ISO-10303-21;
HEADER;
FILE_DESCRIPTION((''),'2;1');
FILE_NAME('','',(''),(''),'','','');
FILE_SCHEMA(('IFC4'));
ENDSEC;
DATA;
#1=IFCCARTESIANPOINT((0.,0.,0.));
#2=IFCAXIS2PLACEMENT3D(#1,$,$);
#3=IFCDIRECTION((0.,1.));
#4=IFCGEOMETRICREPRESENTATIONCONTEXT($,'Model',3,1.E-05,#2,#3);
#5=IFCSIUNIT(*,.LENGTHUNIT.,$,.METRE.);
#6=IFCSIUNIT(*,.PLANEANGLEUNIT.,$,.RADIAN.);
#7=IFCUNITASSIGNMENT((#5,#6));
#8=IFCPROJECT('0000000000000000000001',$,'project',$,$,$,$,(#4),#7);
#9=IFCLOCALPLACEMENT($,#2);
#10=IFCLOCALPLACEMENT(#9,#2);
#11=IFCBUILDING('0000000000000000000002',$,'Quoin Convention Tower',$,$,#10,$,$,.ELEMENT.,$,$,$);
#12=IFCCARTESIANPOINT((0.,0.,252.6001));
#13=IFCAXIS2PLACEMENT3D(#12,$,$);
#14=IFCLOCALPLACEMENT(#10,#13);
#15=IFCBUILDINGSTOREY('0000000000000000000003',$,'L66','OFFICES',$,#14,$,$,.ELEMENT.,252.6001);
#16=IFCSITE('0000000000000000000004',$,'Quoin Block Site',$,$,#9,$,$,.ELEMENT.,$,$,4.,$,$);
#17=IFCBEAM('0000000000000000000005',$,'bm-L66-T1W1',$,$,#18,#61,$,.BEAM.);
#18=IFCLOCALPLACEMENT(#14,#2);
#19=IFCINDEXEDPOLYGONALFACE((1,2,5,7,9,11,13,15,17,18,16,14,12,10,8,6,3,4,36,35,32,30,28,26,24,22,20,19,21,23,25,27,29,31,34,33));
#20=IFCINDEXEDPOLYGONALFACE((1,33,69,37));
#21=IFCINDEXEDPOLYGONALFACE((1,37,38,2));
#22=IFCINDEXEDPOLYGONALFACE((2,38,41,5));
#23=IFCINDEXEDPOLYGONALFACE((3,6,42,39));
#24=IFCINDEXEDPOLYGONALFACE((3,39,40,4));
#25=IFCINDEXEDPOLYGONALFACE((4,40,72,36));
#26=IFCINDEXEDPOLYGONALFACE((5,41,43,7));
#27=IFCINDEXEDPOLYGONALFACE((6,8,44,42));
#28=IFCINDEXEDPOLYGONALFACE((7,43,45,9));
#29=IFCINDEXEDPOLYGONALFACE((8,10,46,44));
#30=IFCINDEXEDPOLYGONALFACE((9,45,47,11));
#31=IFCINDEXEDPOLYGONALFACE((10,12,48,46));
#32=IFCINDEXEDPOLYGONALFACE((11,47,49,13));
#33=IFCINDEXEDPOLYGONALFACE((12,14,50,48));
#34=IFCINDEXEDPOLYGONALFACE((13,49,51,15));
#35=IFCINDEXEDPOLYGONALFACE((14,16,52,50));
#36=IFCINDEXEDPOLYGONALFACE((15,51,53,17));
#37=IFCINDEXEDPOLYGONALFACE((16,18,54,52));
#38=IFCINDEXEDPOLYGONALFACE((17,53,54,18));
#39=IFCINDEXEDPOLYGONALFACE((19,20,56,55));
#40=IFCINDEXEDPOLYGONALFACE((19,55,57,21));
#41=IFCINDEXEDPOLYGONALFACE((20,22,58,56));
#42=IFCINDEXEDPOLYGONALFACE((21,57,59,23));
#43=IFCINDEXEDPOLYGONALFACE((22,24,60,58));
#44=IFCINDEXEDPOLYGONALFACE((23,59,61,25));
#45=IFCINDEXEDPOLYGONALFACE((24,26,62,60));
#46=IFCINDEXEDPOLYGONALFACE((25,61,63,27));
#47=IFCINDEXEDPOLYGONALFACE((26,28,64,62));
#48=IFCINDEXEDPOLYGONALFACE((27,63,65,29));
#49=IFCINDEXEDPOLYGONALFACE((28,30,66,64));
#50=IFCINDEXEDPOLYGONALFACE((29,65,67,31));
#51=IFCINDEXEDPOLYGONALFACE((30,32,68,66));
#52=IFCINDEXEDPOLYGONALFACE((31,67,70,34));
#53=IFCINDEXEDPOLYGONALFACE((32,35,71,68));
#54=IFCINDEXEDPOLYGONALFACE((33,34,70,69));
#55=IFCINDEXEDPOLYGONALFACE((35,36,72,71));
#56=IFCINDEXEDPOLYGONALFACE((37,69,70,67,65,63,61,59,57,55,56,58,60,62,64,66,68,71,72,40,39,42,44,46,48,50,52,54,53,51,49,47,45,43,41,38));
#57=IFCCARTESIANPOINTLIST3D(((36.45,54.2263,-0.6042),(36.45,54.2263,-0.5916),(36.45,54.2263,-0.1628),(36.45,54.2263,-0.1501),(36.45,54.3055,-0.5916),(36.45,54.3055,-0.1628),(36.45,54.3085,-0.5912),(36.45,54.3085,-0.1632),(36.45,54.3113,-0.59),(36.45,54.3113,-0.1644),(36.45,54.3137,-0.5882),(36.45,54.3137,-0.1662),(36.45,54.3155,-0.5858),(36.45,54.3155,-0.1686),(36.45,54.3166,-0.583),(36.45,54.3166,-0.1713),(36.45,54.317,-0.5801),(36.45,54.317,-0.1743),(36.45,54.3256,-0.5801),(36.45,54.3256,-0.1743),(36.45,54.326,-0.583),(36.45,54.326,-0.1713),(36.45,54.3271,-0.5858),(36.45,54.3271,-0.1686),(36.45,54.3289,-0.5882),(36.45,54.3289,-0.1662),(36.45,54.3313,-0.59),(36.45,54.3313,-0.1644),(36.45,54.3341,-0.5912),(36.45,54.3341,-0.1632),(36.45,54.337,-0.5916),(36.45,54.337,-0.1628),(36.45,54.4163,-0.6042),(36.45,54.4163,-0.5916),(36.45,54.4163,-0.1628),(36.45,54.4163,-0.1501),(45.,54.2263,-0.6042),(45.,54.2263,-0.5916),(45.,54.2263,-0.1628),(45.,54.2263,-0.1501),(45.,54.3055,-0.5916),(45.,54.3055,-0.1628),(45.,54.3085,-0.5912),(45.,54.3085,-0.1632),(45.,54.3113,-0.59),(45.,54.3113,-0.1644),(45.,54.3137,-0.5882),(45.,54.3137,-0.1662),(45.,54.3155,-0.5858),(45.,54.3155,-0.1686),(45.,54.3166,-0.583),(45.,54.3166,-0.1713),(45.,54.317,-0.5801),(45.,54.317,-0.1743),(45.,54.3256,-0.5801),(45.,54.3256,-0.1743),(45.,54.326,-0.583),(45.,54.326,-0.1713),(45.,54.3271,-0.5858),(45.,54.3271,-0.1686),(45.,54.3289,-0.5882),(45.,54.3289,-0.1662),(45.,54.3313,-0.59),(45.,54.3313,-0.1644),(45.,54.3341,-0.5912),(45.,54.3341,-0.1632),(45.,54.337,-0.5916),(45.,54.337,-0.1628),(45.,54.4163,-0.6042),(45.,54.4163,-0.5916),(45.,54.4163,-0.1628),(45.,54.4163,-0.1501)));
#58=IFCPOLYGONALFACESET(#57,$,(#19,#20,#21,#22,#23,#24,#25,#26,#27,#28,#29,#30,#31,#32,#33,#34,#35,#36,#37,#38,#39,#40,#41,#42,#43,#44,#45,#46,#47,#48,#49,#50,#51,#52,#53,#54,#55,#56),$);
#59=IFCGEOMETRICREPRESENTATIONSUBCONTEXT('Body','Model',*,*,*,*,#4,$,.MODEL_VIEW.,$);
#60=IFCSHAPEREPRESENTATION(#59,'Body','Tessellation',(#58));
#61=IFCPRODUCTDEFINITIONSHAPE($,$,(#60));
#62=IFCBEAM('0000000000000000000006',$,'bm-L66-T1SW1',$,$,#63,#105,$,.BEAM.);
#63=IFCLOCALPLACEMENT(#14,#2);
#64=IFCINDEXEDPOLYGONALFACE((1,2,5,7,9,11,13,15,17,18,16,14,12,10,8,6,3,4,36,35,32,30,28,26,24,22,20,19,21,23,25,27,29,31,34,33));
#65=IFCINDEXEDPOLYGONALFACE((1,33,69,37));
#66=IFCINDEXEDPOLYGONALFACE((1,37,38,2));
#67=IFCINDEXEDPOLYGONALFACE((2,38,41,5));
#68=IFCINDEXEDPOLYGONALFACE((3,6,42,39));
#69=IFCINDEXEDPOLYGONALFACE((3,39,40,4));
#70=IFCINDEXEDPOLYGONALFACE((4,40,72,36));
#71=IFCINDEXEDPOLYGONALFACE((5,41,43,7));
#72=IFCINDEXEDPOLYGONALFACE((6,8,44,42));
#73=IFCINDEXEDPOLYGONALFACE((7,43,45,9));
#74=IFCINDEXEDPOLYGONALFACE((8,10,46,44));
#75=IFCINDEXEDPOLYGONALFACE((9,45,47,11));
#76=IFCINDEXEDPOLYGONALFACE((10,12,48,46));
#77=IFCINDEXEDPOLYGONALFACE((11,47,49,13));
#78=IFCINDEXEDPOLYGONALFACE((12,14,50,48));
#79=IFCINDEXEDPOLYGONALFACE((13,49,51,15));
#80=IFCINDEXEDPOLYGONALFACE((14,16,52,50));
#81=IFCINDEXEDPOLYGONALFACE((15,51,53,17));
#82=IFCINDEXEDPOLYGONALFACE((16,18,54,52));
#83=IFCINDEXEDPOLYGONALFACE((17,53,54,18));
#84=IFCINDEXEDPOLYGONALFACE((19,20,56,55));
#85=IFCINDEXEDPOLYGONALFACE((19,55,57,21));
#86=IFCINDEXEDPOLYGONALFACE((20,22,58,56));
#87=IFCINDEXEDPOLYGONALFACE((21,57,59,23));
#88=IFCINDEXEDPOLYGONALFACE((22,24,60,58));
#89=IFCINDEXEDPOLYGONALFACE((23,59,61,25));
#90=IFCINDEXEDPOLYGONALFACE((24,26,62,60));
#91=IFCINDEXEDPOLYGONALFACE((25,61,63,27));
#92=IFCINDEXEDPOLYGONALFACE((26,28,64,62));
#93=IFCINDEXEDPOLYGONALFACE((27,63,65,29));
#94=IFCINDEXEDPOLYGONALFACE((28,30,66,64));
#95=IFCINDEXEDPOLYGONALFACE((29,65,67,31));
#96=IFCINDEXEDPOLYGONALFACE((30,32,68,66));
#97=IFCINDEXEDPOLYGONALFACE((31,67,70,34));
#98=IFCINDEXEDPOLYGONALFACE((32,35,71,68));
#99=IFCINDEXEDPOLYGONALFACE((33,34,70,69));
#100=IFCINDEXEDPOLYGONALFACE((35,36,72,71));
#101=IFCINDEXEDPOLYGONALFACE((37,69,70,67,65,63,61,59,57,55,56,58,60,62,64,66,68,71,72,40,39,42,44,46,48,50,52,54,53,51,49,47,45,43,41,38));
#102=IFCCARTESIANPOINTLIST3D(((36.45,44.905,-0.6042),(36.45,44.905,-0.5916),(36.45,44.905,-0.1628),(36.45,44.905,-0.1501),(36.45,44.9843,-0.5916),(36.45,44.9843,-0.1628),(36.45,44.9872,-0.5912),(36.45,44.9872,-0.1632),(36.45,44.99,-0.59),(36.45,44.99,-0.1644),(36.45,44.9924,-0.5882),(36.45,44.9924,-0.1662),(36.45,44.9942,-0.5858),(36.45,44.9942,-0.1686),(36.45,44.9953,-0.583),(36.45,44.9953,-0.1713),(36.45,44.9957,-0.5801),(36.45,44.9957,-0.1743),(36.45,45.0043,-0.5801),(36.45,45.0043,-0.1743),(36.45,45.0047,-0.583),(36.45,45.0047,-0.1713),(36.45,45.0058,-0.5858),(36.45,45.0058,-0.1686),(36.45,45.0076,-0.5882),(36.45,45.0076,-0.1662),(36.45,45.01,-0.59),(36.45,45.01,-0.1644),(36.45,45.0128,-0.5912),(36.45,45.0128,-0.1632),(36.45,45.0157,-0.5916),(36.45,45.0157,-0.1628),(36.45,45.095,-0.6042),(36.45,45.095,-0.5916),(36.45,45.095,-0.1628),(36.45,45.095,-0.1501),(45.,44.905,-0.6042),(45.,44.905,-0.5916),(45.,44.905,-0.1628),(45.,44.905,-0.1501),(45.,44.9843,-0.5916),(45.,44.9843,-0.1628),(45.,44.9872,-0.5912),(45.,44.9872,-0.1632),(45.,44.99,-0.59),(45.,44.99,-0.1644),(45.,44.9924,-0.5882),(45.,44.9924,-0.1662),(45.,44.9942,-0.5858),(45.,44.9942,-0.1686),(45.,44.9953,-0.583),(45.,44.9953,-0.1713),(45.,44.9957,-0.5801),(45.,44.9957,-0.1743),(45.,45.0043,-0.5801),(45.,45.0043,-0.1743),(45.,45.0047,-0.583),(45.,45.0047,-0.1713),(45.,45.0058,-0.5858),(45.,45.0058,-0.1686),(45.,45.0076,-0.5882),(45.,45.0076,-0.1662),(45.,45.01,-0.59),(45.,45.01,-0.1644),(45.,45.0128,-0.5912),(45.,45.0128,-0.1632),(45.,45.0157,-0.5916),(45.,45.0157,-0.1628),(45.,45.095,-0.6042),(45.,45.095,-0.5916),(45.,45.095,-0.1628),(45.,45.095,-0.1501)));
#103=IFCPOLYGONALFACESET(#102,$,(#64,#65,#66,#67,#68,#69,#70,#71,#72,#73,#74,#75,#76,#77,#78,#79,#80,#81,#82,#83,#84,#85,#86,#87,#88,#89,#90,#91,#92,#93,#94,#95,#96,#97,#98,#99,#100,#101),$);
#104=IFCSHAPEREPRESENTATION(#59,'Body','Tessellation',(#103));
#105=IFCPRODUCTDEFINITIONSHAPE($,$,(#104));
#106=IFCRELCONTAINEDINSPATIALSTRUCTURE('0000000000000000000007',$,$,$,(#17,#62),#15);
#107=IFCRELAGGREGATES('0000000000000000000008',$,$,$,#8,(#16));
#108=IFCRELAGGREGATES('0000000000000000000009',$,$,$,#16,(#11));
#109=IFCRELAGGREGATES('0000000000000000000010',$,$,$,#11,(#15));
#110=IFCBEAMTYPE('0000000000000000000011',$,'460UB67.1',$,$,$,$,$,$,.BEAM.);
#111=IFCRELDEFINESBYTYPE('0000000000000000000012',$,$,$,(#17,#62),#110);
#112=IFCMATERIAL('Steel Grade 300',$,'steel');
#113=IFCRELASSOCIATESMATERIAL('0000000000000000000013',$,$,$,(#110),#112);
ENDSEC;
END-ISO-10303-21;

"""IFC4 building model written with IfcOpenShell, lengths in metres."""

from ifc_helpers import new_model, si_unit, direction, frame, origin, origin_2d, place, context, subcontext, project, spatial, i_section, extrude, material, material_profile, profile_set, type_object, element, save


model = new_model("IFC4")

# Units and contexts
model_context = context("Model", 3, precision=1e-05, world=origin(), true_north=direction((0.0, 1.0)))
body_context = subcontext(model_context, "Body", "Model", "MODEL_VIEW")
ifc_project = project(units=[si_unit("LENGTHUNIT", "METRE"), si_unit("PLANEANGLEUNIT", "RADIAN")], contexts=[model_context])

# Site, building, storey
site_placement = place(None, origin())
site = spatial("IfcSite", under=ifc_project, at=site_placement, Name="Quoin Block Site", CompositionType="ELEMENT", RefElevation=4.0)
building_placement = place(site_placement, origin())
building = spatial("IfcBuilding", under=site, at=building_placement, Name="Quoin Convention Tower", CompositionType="ELEMENT")
storey_placement = place(building_placement, frame((0.0, 0.0, 252.6001)))
storey = spatial("IfcBuildingStorey", under=building, at=storey_placement, Name="L66", Description="OFFICES", CompositionType="ELEMENT", Elevation=252.6001)

# Beams
ifc_material_1 = material(Name="Steel Grade 300", Category="steel")
ifc_material_profile = material_profile(ifc_material_1, i_section(OverallWidth=0.1899, OverallDepth=0.4541, WebThickness=0.0085, FlangeThickness=0.0127, FilletRadius=0.0115, at=origin_2d()), Name="460UB67.1")
ifc_profile_set = profile_set([ifc_material_profile], Name="Steel Grade 300")
beam_type = type_object("IfcBeamType", Name="460UB67.1", PredefinedType="BEAM", material=ifc_profile_set)
for number, where, z_axis, x_axis, name in (
    (1, (36.45, 54.3213, -0.3772), (1.0, 0.0, 0.0), (0.0, 1.0, 0.0), "bm-L66-T1W1"),
    (2, (36.45, 45.0, -0.3772), (1.0, 0.0, 0.0), (0.0, 1.0, 0.0), "bm-L66-T1SW1"),
):
    element("IfcBeam", number, at=place(storey_placement, frame(where, z_axis=z_axis, x_axis=x_axis)), inside=storey, type_object=beam_type, Name=name, PredefinedType="BEAM", context=body_context, shape_type="SweptSolid", body=[
        extrude(i_section(OverallWidth=0.1899, OverallDepth=0.4541, WebThickness=0.0085, FlangeThickness=0.0127, FilletRadius=0.0115, at=origin_2d()), origin(), (0.0, 0.0, 1.0), 8.55),
    ])

save(model, "model.ifc")
